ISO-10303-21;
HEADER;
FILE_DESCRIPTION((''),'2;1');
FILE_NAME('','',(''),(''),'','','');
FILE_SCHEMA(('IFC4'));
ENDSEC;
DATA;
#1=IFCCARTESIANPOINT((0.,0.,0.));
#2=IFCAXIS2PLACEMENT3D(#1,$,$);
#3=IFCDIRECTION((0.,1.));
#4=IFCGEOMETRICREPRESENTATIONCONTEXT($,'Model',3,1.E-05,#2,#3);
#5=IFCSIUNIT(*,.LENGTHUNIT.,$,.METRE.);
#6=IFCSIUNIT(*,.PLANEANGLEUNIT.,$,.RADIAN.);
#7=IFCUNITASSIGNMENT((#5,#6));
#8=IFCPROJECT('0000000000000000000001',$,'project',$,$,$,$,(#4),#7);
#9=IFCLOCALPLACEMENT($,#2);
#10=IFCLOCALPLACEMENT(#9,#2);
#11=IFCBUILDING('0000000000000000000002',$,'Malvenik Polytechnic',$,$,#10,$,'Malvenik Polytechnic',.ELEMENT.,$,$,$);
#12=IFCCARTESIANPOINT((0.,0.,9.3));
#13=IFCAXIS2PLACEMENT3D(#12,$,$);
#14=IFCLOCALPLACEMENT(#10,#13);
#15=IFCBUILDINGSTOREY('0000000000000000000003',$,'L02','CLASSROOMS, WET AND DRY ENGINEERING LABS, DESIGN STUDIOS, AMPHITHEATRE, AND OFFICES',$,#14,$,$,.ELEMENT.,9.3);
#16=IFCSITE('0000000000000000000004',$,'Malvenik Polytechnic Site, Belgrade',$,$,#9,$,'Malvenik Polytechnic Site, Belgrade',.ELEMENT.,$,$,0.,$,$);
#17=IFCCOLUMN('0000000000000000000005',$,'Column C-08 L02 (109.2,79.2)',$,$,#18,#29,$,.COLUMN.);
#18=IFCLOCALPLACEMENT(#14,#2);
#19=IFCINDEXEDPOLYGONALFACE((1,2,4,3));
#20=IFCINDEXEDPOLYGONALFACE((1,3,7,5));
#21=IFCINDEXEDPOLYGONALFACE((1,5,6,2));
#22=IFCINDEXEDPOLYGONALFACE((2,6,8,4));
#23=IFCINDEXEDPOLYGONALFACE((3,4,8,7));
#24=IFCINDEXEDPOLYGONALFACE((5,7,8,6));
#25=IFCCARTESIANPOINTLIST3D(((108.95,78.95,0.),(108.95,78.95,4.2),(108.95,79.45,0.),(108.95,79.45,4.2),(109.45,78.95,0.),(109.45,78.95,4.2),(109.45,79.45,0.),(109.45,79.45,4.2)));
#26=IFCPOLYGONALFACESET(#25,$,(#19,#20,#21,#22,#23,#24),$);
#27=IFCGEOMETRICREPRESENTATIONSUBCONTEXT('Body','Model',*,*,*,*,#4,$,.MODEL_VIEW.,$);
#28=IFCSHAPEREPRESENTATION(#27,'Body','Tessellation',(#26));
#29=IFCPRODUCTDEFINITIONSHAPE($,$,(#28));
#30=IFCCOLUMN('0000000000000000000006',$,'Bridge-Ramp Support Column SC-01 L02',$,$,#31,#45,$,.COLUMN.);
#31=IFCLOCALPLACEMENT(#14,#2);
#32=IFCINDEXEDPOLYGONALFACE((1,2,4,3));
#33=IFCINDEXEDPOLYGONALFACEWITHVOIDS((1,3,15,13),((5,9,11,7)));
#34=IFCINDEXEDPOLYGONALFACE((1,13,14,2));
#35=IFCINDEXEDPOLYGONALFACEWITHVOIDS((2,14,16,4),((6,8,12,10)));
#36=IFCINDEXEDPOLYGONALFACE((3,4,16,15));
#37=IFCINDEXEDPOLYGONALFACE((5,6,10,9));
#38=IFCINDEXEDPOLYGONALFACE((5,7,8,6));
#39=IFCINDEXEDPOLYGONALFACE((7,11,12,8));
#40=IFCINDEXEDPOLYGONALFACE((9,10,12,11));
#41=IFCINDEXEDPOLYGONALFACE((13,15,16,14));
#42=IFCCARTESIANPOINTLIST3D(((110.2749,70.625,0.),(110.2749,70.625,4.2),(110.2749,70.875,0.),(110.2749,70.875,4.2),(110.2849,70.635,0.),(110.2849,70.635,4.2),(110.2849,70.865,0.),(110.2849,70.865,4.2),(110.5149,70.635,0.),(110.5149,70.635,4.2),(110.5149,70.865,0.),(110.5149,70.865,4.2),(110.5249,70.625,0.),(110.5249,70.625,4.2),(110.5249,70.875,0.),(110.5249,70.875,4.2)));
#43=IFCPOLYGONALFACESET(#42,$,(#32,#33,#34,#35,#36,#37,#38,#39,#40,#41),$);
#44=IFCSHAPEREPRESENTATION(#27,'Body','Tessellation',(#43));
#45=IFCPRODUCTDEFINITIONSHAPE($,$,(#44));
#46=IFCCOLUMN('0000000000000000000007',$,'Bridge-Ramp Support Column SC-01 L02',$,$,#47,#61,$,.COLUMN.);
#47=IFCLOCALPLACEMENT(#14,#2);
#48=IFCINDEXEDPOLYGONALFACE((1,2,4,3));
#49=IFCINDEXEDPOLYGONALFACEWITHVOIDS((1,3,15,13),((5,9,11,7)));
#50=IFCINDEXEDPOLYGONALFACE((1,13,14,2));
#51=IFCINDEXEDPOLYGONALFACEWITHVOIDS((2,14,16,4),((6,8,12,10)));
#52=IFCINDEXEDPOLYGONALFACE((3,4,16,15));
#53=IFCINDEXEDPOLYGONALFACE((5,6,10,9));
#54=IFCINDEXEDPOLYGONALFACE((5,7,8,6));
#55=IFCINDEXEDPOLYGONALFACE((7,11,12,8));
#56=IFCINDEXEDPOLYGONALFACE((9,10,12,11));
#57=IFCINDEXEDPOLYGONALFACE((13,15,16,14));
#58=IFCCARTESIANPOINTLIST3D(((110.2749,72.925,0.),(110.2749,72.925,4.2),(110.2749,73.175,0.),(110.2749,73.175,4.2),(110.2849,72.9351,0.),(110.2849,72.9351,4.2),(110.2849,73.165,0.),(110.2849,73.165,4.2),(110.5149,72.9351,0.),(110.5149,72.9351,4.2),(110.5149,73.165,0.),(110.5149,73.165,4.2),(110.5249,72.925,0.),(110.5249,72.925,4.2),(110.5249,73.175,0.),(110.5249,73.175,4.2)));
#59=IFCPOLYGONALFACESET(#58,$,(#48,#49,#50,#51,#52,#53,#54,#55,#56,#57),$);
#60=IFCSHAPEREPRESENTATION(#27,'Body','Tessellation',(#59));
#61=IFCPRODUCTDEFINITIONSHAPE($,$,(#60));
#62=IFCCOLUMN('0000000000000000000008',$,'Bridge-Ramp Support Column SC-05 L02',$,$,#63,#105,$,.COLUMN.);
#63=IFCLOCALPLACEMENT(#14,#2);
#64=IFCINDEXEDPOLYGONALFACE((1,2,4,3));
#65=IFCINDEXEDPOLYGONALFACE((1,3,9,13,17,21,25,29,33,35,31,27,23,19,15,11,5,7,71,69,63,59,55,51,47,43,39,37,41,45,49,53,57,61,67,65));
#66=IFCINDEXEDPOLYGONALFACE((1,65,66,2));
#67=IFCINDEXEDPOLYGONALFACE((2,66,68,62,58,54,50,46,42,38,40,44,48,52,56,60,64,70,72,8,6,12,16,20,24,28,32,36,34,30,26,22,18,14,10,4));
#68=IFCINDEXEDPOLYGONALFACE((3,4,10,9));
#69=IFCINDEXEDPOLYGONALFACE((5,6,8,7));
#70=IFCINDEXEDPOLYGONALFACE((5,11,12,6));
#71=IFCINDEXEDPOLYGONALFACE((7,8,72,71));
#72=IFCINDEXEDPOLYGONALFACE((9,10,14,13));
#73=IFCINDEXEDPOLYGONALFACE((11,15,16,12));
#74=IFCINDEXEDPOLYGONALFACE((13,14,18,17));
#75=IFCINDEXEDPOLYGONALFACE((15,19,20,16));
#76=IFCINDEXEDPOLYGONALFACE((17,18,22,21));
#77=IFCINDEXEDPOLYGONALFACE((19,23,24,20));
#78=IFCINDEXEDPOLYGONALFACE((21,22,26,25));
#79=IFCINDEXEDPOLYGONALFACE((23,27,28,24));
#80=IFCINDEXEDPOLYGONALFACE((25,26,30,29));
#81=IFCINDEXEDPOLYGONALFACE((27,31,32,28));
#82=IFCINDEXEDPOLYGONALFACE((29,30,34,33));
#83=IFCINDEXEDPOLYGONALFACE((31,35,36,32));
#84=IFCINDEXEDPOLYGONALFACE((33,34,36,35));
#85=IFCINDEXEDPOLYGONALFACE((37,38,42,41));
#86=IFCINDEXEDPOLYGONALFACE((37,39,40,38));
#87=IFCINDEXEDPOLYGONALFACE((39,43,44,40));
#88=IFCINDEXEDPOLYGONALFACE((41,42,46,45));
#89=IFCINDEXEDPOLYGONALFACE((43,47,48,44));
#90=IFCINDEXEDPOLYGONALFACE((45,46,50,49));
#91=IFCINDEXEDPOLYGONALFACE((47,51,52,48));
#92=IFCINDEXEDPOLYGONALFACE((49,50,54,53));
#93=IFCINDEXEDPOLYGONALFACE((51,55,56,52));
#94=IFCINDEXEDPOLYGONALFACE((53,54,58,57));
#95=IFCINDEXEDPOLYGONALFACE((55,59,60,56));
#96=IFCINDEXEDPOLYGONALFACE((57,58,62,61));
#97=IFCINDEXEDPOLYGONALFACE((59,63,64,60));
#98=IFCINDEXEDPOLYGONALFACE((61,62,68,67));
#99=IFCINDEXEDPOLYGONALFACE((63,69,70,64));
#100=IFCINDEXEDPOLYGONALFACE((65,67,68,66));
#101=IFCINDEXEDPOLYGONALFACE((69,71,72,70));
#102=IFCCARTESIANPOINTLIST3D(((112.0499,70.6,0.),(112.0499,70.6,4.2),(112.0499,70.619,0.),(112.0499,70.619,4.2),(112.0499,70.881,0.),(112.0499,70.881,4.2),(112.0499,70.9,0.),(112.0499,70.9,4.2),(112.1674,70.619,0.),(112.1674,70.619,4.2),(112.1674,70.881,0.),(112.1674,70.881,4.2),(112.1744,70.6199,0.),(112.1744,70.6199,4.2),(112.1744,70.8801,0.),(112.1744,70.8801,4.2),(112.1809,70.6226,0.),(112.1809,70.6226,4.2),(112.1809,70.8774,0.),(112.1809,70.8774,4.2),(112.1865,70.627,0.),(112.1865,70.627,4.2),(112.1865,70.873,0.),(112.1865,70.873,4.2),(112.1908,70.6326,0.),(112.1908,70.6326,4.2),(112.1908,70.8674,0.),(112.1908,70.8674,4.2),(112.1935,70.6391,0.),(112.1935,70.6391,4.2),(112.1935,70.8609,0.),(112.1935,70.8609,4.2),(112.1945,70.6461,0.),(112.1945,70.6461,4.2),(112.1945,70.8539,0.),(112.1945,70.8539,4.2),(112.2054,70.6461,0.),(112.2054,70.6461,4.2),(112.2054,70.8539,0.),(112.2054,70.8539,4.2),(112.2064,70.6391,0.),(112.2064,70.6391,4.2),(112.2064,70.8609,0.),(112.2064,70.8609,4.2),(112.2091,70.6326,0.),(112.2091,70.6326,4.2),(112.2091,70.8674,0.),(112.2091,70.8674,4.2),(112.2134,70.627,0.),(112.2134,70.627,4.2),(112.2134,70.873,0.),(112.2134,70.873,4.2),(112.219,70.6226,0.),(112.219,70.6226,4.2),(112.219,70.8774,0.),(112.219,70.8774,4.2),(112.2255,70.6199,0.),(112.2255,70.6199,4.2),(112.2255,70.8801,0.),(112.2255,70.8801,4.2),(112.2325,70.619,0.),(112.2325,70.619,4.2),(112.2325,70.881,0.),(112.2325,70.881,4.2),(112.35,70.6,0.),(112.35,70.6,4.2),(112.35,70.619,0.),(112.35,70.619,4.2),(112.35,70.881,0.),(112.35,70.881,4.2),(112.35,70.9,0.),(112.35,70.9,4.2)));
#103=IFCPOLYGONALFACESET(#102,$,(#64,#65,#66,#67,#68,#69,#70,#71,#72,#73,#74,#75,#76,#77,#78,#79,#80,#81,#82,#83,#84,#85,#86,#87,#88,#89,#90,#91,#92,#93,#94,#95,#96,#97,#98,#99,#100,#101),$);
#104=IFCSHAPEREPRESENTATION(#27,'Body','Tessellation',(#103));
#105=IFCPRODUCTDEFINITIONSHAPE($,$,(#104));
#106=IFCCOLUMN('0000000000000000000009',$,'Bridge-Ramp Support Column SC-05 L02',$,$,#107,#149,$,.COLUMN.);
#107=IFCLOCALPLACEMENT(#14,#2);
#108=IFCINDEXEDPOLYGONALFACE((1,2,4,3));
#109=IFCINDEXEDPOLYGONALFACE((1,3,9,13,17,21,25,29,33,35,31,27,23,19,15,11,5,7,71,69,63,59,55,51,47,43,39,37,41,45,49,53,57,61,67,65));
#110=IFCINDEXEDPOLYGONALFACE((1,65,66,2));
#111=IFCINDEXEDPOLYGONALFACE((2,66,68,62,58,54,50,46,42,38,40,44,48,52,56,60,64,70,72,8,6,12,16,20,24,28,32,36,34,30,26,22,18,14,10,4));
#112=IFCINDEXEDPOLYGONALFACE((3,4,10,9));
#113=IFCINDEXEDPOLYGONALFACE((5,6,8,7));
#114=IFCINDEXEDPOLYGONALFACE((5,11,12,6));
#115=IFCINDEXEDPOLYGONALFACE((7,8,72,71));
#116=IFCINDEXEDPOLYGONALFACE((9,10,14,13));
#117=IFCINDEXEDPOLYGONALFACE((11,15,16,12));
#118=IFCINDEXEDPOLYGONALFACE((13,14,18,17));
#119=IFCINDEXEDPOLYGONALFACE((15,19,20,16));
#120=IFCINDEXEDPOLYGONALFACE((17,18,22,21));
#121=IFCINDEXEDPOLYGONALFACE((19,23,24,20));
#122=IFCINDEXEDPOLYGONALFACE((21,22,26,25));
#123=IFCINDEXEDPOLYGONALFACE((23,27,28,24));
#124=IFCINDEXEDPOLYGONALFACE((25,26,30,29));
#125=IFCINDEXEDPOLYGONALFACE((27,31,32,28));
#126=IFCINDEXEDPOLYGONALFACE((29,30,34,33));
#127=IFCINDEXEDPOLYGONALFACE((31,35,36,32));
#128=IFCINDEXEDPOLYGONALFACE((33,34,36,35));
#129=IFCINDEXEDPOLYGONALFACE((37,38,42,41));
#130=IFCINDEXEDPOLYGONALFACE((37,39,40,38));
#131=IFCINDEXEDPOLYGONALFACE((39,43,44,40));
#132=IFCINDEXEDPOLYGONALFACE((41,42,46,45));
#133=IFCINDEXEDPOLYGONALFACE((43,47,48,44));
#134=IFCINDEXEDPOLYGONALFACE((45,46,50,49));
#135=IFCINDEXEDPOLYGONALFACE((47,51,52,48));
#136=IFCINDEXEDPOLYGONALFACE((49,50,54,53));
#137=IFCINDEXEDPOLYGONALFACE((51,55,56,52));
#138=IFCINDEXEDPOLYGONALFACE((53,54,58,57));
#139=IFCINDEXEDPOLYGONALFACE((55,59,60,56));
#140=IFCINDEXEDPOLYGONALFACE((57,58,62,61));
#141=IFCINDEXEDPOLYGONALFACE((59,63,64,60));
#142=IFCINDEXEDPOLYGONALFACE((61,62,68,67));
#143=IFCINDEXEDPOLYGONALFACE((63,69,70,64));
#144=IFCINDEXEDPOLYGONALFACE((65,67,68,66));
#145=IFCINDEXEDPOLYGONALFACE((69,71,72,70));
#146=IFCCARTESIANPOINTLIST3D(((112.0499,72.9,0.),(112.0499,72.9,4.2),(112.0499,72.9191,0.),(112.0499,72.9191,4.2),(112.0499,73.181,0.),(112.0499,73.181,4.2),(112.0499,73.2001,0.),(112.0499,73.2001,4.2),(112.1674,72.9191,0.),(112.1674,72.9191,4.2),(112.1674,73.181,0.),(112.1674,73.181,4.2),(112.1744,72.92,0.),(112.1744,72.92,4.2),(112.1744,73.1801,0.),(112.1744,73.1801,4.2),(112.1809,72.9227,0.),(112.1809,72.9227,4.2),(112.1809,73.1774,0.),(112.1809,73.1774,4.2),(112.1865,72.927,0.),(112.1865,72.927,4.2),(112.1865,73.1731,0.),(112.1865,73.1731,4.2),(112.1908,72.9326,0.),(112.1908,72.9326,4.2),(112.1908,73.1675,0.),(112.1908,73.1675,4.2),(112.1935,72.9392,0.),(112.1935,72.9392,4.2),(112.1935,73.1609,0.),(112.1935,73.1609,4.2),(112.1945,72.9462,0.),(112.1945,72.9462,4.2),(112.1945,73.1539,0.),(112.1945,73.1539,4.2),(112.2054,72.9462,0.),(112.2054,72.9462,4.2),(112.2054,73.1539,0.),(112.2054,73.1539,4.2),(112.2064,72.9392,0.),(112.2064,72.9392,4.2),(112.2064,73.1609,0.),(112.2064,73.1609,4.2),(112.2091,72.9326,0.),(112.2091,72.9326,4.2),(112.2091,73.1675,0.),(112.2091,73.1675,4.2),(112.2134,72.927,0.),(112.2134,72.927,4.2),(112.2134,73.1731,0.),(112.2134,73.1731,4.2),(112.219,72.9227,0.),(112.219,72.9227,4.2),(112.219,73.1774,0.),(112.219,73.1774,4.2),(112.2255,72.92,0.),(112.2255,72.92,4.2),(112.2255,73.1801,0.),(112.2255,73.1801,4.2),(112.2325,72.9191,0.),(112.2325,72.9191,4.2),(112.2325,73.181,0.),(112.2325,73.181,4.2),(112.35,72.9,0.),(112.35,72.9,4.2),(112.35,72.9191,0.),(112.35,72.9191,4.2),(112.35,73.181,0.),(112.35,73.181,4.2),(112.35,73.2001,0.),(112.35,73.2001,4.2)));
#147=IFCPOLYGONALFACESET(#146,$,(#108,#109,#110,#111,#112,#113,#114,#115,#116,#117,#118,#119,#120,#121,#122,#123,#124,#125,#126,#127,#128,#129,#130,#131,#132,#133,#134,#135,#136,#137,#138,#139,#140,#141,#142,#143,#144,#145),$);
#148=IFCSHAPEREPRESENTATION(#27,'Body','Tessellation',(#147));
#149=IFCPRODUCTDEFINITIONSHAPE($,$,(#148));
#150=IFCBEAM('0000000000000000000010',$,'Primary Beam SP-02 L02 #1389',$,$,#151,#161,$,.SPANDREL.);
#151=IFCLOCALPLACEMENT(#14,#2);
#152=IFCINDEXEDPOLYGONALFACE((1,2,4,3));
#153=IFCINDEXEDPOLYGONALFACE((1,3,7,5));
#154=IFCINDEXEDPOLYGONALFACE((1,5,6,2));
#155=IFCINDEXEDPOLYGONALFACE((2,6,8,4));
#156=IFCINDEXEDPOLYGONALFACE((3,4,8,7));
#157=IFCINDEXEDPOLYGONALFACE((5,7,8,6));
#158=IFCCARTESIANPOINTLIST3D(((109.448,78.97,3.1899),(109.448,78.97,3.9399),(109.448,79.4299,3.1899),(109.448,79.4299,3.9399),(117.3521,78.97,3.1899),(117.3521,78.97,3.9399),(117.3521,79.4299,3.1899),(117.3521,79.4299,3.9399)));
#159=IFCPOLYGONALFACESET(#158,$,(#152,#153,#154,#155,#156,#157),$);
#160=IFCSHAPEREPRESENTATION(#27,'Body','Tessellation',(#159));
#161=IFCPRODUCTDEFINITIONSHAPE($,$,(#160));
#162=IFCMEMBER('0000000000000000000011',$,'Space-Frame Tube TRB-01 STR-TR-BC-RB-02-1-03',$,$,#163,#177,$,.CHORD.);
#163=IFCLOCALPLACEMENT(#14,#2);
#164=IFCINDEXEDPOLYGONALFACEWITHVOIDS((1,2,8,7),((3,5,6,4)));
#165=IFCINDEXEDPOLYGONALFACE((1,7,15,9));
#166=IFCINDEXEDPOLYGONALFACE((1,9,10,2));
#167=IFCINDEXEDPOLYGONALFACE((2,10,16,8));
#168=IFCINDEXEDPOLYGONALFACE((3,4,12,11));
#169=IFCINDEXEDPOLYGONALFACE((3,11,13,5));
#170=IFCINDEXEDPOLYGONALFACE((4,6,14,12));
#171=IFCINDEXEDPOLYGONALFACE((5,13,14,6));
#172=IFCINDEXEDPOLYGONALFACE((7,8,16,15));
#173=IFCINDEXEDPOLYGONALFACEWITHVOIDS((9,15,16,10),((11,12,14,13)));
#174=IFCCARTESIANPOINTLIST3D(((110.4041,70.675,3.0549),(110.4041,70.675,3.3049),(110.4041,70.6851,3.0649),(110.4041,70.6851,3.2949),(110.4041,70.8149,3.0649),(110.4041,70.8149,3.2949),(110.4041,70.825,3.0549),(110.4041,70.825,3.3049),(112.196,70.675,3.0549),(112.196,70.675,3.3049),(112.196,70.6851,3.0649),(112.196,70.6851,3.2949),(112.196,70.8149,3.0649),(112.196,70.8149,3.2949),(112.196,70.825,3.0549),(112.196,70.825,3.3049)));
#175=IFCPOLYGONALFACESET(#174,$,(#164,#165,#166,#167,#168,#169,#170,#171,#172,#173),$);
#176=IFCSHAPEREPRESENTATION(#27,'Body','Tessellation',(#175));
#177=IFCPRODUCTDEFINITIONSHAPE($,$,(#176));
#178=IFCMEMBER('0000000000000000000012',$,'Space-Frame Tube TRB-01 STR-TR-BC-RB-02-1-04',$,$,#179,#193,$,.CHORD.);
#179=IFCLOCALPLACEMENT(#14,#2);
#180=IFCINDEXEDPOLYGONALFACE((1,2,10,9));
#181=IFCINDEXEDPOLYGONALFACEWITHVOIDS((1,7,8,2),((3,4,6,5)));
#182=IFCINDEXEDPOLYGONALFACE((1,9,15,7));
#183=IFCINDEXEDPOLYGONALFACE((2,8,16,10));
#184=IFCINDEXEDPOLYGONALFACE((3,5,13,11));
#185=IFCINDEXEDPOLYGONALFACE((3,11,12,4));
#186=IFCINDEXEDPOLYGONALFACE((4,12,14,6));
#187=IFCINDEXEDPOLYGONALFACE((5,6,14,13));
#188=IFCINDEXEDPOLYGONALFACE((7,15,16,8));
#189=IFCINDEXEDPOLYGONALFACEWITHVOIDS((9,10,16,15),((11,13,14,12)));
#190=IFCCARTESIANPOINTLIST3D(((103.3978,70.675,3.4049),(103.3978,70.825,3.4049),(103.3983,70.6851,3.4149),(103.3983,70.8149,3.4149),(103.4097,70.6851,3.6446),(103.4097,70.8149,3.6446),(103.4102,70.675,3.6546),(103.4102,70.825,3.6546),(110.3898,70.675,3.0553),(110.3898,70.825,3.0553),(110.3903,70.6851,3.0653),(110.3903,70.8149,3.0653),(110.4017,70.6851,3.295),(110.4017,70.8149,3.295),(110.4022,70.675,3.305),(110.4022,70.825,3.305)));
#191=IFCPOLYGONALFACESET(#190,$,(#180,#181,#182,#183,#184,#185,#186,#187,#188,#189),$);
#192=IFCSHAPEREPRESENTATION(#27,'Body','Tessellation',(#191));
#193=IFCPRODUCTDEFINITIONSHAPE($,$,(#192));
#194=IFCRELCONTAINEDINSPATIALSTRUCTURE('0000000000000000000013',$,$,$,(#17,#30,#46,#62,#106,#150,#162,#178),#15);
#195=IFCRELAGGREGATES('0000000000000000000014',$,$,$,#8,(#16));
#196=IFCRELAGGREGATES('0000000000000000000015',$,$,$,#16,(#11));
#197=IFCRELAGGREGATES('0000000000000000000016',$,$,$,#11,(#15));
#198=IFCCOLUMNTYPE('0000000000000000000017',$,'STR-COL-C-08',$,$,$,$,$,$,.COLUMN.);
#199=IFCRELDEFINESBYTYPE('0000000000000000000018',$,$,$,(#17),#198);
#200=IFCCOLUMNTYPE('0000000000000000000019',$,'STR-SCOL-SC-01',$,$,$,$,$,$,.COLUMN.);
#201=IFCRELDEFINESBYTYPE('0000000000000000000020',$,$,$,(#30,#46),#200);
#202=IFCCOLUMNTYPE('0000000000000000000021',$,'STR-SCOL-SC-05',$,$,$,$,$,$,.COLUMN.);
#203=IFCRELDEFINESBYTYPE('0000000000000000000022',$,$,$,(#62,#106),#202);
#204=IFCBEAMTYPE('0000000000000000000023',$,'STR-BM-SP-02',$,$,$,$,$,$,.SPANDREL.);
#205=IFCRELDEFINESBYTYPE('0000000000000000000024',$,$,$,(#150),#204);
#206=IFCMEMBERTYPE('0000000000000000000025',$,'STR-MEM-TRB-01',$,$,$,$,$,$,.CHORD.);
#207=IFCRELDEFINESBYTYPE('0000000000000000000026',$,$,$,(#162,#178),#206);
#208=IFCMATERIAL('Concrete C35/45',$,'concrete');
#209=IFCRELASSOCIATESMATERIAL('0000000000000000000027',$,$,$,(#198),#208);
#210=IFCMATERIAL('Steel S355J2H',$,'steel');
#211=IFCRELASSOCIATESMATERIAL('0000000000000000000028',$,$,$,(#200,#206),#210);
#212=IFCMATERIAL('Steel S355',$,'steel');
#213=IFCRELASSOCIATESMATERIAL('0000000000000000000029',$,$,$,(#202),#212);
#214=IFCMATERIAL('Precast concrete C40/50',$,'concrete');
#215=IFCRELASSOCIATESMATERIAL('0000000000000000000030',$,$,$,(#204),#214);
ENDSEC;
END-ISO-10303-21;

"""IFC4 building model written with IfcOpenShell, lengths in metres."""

from ifc_helpers import new_model, si_unit, direction, frame, origin, origin_2d, place, context, subcontext, project, spatial, rectangle, hollow_rectangle, i_section, extrude, material, material_profile, profile_set, type_object, element, save


model = new_model("IFC4")

# Units and contexts
model_context = context("Model", 3, precision=1e-05, world=origin(), true_north=direction((0.0, 1.0)))
body_context = subcontext(model_context, "Body", "Model", "MODEL_VIEW")
ifc_project = project(units=[si_unit("LENGTHUNIT", "METRE"), si_unit("PLANEANGLEUNIT", "RADIAN")], contexts=[model_context])

# Site, building, storey
site_placement = place(None, origin())
site = spatial("IfcSite", under=ifc_project, at=site_placement, Name="Malvenik Polytechnic Site, Belgrade", LongName="Malvenik Polytechnic Site, Belgrade", CompositionType="ELEMENT", RefElevation=0.0)
building_placement = place(site_placement, origin())
building = spatial("IfcBuilding", under=site, at=building_placement, Name="Malvenik Polytechnic", LongName="Malvenik Polytechnic", CompositionType="ELEMENT")
storey_placement = place(building_placement, frame((0.0, 0.0, 9.3)))
storey = spatial("IfcBuildingStorey", under=building, at=storey_placement, Name="L02", Description="CLASSROOMS, WET AND DRY ENGINEERING LABS, DESIGN STUDIOS, AMPHITHEATRE, AND OFFICES", CompositionType="ELEMENT", Elevation=9.3)

# Columns
ifc_material_1 = material(Name="Concrete C35/45", Category="concrete")
ifc_material_profile_1 = material_profile(ifc_material_1, rectangle(XDim=0.5, YDim=0.5, at=origin_2d()), Name="RC COL 500x500")
ifc_profile_set_1 = profile_set([ifc_material_profile_1], Name="Concrete C35/45")
column_type_1 = type_object("IfcColumnType", Name="STR-COL-C-08", PredefinedType="COLUMN", material=ifc_profile_set_1)
column_placement = place(storey_placement, frame((109.2, 79.2, 0.0), z_axis=(0.0, 0.0, 1.0), x_axis=(1.0, 0.0, 0.0)))
element("IfcColumn", 1, at=column_placement, inside=storey, type_object=column_type_1, Name="Column C-08 L02 (109.2,79.2)", PredefinedType="COLUMN", context=body_context, shape_type="SweptSolid", body=[
    extrude(rectangle(XDim=0.5, YDim=0.5, at=origin_2d()), origin(), (0.0, 0.0, 1.0), 4.2),
])
ifc_material_2 = material(Name="Steel S355J2H", Category="steel")
ifc_material_profile_2 = material_profile(ifc_material_2, hollow_rectangle(XDim=0.25, YDim=0.25, WallThickness=0.01, at=origin_2d()), Name="SHS 250x250x10.0")
ifc_profile_set_2 = profile_set([ifc_material_profile_2], Name="Steel S355J2H")
column_type_2 = type_object("IfcColumnType", Name="STR-SCOL-SC-01", PredefinedType="COLUMN", material=ifc_profile_set_2)
for number, where, z_axis, x_axis, name in (
    (2, (110.3999, 70.75, 0.0), (0.0, 0.0, 1.0), (1.0, 0.0, 0.0), "Bridge-Ramp Support Column SC-01 L02"),
    (3, (110.3999, 73.05, 0.0), (0.0, 0.0, 1.0), (1.0, 0.0, 0.0), "Bridge-Ramp Support Column SC-01 L02"),
):
    element("IfcColumn", number, at=place(storey_placement, frame(where, z_axis=z_axis, x_axis=x_axis)), inside=storey, type_object=column_type_2, Name=name, PredefinedType="COLUMN", context=body_context, shape_type="SweptSolid", body=[
        extrude(hollow_rectangle(XDim=0.25, YDim=0.25, WallThickness=0.01, at=origin_2d()), origin(), (0.0, 0.0, 1.0), 4.2),
    ])
ifc_material_3 = material(Name="Steel S355", Category="steel")
ifc_material_profile_3 = material_profile(ifc_material_3, i_section(OverallWidth=0.3, OverallDepth=0.3, WebThickness=0.011, FlangeThickness=0.019, FilletRadius=0.0271, at=origin_2d()), Name="HEB 300")
ifc_profile_set_3 = profile_set([ifc_material_profile_3], Name="Steel S355")
column_type_3 = type_object("IfcColumnType", Name="STR-SCOL-SC-05", PredefinedType="COLUMN", material=ifc_profile_set_3)
for number, where, z_axis, x_axis, name in (
    (4, (112.2, 70.75, 0.0), (0.0, 0.0, 1.0), (1.0, 0.0, 0.0), "Bridge-Ramp Support Column SC-05 L02"),
    (5, (112.2, 73.05, 0.0), (0.0, 0.0, 1.0), (1.0, 0.0, 0.0), "Bridge-Ramp Support Column SC-05 L02"),
):
    element("IfcColumn", number, at=place(storey_placement, frame(where, z_axis=z_axis, x_axis=x_axis)), inside=storey, type_object=column_type_3, Name=name, PredefinedType="COLUMN", context=body_context, shape_type="SweptSolid", body=[
        extrude(i_section(OverallWidth=0.3, OverallDepth=0.3, WebThickness=0.011, FlangeThickness=0.019, FilletRadius=0.0271, at=origin_2d()), origin(), (0.0, 0.0, 1.0), 4.2),
    ])

# Beam
ifc_material_4 = material(Name="Precast concrete C40/50", Category="concrete")
ifc_material_profile_4 = material_profile(ifc_material_4, rectangle(XDim=0.46, YDim=0.75, at=origin_2d()), Name="PC SPN 460x750")
ifc_profile_set_4 = profile_set([ifc_material_profile_4], Name="Precast concrete C40/50")
beam_type = type_object("IfcBeamType", Name="STR-BM-SP-02", PredefinedType="SPANDREL", material=ifc_profile_set_4)
beam_placement = place(storey_placement, frame((109.448, 79.2, 3.5649), z_axis=(1.0, 0.0, 0.0), x_axis=(0.0, 1.0, 0.0)))
element("IfcBeam", 6, at=beam_placement, inside=storey, type_object=beam_type, Name="Primary Beam SP-02 L02 #1389", PredefinedType="SPANDREL", context=body_context, shape_type="SweptSolid", body=[
    extrude(rectangle(XDim=0.46, YDim=0.75, at=origin_2d()), origin(), (0.0, 0.0, 1.0), 7.9041),
])

# Members
ifc_material_profile_5 = material_profile(ifc_material_2, hollow_rectangle(XDim=0.1499, YDim=0.25, WallThickness=0.01, at=origin_2d()), Name="RHS 250x150x10.0")
ifc_profile_set_5 = profile_set([ifc_material_profile_5], Name="Steel S355J2H")
member_type_1 = type_object("IfcMemberType", Name="STR-MEM-TRB-01", PredefinedType="CHORD", material=ifc_profile_set_5)
member_1_placement = place(storey_placement, frame((112.196, 70.75, 3.1799), z_axis=(-1.0, 0.0, 0.0), x_axis=(0.0, -1.0, 0.0)))
element("IfcMember", 7, at=member_1_placement, inside=storey, type_object=member_type_1, Name="Space-Frame Tube TRB-01 STR-TR-BC-RB-02-1-03", PredefinedType="CHORD", context=body_context, shape_type="SweptSolid", body=[
    extrude(hollow_rectangle(XDim=0.1499, YDim=0.25, WallThickness=0.01, at=origin_2d()), origin(), (0.0, 0.0, 1.0), 1.792),
])
member_2_placement = place(storey_placement, frame((110.396, 70.75, 3.1802), z_axis=(-0.998752, 0.0, 0.049939), x_axis=(0.0, -1.0, 0.0)))
element("IfcMember", 8, at=member_2_placement, inside=storey, type_object=member_type_1, Name="Space-Frame Tube TRB-01 STR-TR-BC-RB-02-1-04", PredefinedType="CHORD", context=body_context, shape_type="SweptSolid", body=[
    extrude(hollow_rectangle(XDim=0.1499, YDim=0.25, WallThickness=0.01, at=origin_2d()), origin(), (0.0, 0.0, 1.0), 7.0007),
])

save(model, "model.ifc")
